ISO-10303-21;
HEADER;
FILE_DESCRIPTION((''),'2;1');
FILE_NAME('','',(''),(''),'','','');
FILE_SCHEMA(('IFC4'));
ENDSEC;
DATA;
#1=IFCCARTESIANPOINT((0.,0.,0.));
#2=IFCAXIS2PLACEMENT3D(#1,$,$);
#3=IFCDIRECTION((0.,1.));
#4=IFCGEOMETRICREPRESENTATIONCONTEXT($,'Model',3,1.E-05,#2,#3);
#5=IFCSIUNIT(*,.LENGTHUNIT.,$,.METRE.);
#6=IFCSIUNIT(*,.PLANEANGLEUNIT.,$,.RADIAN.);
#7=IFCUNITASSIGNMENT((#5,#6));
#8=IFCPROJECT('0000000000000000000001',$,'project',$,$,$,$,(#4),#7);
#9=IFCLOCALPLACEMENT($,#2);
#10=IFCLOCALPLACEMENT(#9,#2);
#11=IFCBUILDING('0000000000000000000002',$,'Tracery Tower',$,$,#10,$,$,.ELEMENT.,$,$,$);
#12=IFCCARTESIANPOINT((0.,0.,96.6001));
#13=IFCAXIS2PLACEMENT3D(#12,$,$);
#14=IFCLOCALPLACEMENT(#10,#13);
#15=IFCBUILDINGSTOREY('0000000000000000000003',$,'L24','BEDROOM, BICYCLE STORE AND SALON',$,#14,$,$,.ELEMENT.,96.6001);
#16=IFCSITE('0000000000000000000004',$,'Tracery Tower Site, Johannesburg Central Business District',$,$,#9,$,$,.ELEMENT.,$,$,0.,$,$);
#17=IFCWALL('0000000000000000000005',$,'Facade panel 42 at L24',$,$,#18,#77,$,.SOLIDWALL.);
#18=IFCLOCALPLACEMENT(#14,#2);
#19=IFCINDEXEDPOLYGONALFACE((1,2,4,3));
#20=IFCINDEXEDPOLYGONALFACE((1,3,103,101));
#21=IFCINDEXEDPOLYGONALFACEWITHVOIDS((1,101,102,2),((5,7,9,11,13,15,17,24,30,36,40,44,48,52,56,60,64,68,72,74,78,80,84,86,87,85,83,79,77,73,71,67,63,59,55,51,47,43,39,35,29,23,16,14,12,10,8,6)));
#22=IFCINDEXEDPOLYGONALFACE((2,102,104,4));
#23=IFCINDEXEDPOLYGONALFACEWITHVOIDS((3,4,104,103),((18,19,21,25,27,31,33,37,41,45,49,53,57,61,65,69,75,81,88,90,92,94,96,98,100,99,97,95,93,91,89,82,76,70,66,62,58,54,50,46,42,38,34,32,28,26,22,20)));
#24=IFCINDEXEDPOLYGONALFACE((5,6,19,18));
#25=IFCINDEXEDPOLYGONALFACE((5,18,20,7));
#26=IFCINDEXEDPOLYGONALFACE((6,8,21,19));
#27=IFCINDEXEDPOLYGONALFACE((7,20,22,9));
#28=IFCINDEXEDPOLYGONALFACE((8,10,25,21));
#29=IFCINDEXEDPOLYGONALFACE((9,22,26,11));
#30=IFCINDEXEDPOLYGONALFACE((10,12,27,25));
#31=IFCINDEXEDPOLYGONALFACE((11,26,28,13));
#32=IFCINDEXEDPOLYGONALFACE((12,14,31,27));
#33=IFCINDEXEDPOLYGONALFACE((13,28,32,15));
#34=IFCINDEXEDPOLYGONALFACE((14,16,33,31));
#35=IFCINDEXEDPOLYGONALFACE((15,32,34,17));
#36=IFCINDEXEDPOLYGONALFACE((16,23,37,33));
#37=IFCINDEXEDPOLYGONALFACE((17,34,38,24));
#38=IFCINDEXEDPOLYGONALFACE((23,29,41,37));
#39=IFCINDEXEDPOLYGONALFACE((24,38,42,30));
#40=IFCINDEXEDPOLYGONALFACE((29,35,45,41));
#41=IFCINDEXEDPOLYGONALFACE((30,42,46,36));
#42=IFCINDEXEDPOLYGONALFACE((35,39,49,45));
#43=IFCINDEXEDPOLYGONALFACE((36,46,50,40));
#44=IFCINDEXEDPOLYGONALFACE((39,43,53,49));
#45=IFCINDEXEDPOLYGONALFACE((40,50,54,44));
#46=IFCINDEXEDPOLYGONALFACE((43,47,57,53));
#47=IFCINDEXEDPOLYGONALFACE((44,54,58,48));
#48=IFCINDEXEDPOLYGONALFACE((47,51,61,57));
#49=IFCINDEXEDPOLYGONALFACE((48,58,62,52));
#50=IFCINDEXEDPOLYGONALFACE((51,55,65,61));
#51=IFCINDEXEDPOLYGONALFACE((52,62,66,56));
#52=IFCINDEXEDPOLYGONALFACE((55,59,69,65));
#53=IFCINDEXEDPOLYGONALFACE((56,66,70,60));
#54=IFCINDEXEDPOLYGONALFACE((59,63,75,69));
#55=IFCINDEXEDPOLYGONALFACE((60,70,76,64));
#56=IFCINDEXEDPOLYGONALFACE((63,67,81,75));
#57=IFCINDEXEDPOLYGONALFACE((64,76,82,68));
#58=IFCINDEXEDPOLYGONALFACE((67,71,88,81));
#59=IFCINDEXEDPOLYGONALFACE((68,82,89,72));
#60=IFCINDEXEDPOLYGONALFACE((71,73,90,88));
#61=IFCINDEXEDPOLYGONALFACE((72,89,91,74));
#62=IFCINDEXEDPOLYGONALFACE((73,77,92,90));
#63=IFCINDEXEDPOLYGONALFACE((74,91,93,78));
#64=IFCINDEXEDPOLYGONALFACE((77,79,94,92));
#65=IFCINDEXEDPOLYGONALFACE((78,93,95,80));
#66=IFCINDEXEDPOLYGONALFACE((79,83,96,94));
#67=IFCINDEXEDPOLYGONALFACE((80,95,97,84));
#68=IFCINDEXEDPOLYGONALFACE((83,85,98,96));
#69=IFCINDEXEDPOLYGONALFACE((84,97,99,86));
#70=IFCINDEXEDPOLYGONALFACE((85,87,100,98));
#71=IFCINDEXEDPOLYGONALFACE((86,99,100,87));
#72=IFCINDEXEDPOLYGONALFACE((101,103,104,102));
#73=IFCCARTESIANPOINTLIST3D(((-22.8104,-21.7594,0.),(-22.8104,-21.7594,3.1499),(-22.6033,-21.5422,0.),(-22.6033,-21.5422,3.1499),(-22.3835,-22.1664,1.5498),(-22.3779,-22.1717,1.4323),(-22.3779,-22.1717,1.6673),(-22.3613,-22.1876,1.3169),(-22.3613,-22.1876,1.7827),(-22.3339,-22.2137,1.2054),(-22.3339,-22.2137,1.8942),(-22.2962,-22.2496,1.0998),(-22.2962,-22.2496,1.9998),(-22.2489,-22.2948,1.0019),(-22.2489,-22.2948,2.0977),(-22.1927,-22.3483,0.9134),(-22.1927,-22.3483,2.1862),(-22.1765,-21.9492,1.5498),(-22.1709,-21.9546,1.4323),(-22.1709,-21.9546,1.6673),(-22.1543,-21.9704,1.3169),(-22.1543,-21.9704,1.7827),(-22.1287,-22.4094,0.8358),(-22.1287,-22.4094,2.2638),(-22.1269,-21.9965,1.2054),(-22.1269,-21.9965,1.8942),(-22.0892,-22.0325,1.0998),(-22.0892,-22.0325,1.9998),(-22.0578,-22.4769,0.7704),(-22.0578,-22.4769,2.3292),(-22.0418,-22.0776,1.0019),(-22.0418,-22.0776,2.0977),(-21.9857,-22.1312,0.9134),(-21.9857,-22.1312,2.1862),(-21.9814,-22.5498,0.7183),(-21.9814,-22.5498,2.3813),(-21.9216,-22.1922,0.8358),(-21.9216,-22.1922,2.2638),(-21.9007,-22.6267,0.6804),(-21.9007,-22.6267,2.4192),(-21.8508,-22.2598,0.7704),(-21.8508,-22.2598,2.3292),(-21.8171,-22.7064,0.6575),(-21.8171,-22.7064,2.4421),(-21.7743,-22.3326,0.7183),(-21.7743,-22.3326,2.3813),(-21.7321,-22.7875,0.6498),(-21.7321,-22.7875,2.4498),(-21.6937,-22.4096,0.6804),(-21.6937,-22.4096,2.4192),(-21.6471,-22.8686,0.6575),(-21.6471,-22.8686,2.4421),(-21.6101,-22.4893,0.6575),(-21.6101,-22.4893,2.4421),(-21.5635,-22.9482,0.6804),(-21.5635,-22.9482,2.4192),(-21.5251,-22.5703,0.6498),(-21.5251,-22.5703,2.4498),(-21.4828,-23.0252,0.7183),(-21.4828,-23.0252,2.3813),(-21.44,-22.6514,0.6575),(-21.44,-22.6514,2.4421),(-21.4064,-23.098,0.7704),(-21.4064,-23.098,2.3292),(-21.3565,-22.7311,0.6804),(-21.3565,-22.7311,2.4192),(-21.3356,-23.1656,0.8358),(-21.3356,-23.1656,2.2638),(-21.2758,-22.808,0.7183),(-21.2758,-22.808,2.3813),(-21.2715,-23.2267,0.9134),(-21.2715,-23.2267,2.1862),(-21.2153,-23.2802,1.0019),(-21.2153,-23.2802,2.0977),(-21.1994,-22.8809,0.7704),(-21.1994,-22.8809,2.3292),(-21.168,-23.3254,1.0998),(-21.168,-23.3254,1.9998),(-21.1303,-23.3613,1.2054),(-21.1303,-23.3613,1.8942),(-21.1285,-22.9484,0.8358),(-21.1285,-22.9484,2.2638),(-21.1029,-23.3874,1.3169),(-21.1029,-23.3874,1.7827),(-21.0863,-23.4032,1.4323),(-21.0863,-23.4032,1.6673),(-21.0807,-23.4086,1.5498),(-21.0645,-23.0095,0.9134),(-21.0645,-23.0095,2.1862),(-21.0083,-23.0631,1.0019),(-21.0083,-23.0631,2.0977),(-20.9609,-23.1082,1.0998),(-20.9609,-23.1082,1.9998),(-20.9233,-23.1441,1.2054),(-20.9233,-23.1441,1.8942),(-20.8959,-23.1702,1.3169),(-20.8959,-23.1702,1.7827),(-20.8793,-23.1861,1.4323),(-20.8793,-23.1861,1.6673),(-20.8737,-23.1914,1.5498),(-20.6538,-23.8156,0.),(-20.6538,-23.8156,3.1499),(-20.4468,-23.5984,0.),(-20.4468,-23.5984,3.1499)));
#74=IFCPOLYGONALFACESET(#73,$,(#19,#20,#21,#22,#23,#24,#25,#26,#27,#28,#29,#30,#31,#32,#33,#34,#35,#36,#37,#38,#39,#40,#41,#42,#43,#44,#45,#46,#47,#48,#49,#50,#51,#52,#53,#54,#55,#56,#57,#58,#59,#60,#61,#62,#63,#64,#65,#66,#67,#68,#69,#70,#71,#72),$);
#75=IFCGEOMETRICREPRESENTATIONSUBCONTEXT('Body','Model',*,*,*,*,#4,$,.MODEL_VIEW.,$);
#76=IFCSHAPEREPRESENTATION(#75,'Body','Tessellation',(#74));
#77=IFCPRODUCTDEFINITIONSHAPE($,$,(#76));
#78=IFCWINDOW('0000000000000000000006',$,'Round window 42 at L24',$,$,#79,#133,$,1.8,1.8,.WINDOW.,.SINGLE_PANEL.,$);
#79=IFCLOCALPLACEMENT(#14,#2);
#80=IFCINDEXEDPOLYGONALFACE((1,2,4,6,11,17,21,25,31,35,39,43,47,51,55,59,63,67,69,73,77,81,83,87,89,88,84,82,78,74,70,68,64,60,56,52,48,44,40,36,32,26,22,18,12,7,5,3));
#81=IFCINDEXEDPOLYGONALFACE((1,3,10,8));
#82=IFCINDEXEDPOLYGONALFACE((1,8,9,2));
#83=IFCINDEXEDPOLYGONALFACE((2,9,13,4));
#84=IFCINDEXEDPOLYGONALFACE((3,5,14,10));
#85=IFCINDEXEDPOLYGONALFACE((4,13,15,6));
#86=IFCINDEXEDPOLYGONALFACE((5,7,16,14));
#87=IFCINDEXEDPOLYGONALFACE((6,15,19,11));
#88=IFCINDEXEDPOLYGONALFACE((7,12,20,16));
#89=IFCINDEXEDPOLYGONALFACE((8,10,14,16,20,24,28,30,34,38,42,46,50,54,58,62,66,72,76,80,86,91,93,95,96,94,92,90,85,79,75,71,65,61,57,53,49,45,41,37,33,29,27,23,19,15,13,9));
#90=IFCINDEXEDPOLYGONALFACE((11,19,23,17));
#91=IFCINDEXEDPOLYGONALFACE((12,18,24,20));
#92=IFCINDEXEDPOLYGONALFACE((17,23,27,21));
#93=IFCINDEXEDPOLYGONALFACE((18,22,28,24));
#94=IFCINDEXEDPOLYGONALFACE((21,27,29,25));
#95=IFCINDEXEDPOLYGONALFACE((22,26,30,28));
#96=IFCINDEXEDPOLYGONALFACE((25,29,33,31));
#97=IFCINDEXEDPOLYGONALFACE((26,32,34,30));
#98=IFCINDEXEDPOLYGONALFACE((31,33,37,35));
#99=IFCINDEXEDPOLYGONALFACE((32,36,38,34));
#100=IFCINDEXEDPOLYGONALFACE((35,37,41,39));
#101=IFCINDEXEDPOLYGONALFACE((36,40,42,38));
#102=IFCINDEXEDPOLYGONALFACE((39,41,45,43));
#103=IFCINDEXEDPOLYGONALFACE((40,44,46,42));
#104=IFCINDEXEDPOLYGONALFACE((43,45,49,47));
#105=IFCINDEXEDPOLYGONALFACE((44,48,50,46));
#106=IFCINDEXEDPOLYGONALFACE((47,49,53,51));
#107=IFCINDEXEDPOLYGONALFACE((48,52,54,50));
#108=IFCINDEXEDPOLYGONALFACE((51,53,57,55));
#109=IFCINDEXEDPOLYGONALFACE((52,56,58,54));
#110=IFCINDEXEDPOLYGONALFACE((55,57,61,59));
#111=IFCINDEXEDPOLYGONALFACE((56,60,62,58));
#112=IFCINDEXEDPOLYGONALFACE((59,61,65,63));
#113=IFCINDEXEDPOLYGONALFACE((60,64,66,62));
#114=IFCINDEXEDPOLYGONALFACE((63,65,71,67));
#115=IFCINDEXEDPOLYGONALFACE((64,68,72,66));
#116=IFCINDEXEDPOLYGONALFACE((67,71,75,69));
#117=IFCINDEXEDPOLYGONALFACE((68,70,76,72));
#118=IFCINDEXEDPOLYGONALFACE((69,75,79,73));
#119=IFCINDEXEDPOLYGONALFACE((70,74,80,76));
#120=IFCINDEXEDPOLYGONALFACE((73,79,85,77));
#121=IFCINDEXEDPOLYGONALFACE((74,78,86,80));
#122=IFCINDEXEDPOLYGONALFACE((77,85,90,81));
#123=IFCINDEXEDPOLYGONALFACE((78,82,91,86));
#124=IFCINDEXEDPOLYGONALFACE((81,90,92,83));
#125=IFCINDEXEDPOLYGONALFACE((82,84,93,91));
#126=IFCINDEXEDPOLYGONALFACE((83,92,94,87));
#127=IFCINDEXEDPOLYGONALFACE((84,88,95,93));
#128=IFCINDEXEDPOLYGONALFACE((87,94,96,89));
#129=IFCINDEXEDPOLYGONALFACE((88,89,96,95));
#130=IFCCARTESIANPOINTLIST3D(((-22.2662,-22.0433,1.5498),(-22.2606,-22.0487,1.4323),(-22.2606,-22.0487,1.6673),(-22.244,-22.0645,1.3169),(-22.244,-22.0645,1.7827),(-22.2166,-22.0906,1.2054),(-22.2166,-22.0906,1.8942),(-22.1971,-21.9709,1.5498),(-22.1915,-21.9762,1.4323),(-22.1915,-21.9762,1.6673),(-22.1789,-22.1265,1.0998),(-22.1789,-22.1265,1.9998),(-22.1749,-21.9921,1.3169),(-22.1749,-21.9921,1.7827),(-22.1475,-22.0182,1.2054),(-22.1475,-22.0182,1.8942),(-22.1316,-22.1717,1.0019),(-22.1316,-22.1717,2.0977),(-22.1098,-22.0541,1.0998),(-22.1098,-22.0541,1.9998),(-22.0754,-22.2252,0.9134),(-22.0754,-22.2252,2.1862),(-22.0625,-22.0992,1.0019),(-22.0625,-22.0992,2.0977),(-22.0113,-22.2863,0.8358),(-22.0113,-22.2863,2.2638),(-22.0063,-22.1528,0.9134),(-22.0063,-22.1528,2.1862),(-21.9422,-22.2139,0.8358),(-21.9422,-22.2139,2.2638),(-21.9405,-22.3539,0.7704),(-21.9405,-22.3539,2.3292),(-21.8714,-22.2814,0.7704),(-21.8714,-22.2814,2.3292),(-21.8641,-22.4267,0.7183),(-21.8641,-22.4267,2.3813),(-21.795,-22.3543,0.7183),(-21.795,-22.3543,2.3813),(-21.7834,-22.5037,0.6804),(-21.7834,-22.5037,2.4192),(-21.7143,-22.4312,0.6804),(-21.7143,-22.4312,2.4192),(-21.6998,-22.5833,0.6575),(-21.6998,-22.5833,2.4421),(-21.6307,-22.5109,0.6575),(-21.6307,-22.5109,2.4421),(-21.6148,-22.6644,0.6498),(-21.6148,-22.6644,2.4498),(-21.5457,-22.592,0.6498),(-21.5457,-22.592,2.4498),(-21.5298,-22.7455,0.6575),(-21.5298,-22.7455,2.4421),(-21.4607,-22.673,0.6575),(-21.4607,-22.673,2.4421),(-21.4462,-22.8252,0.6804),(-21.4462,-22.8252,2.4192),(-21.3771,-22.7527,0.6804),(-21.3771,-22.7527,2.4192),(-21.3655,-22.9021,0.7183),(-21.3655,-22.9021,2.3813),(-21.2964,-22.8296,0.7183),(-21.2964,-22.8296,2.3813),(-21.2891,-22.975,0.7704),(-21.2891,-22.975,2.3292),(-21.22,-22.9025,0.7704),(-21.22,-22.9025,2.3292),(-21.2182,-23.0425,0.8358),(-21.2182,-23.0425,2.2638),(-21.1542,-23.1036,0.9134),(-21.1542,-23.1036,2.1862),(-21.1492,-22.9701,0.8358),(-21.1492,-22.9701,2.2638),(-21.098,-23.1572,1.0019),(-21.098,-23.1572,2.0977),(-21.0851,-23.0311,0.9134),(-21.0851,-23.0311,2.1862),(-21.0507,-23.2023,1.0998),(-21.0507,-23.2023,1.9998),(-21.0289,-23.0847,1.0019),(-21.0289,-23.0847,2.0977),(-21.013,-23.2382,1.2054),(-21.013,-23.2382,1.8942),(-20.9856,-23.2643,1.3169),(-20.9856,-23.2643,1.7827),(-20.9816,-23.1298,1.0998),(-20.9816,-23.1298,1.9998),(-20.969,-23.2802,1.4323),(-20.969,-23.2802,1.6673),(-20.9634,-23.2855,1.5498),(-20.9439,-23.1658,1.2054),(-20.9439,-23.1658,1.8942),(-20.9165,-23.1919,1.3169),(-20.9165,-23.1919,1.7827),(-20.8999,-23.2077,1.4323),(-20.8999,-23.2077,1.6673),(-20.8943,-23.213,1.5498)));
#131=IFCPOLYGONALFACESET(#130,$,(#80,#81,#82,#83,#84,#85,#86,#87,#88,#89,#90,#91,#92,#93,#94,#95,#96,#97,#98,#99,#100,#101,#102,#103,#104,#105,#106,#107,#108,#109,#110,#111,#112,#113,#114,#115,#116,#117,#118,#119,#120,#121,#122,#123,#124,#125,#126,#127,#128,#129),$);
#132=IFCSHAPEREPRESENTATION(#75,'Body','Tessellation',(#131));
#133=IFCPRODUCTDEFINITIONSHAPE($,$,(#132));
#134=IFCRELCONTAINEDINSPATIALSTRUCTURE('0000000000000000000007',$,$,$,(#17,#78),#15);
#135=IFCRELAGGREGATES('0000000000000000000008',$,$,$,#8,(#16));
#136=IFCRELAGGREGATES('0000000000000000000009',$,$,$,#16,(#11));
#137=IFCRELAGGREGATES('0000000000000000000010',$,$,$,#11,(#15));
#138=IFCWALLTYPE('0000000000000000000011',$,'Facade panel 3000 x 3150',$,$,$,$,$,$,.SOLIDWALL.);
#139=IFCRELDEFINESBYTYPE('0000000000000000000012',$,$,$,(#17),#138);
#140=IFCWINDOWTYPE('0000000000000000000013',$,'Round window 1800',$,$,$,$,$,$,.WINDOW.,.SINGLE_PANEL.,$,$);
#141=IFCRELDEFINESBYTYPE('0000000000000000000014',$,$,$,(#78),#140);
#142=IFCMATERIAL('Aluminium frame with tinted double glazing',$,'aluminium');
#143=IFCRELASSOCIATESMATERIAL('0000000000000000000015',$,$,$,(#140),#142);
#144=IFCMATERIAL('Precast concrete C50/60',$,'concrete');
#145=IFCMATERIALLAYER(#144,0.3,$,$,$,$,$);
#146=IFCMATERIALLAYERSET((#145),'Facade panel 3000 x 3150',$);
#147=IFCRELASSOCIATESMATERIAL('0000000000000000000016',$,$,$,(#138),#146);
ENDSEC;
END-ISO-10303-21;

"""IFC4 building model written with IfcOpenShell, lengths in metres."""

from ifc_helpers import new_model, si_unit, direction, frame, frame_2d, origin, origin_2d, place, context, subcontext, project, spatial, rectangle, circle, extrude, material, layer, layer_set, type_object, element, fill, save


model = new_model("IFC4")

# Units and contexts
model_context = context("Model", 3, precision=1e-05, world=origin(), true_north=direction((0.0, 1.0)))
body_context = subcontext(model_context, "Body", "Model", "MODEL_VIEW")
ifc_project = project(units=[si_unit("LENGTHUNIT", "METRE"), si_unit("PLANEANGLEUNIT", "RADIAN")], contexts=[model_context])

# Site, building, storey
site_placement = place(None, origin())
site = spatial("IfcSite", under=ifc_project, at=site_placement, Name="Tracery Tower Site, Johannesburg Central Business District", CompositionType="ELEMENT", RefElevation=0.0)
building_placement = place(site_placement, origin())
building = spatial("IfcBuilding", under=site, at=building_placement, Name="Tracery Tower", CompositionType="ELEMENT")
storey_placement = place(building_placement, frame((0.0, 0.0, 96.6001)))
storey = spatial("IfcBuildingStorey", under=building, at=storey_placement, Name="L24", Description="BEDROOM, BICYCLE STORE AND SALON", CompositionType="ELEMENT", Elevation=96.6001)

# Wall, opening, window
ifc_material_1 = material(Name="Aluminium frame with tinted double glazing", Category="aluminium")
window_type = type_object("IfcWindowType", Name="Round window 1800", PartitioningType="SINGLE_PANEL", PredefinedType="WINDOW", material=ifc_material_1)
ifc_material_2 = material(Name="Precast concrete C50/60", Category="concrete")
ifc_layer_1 = layer(ifc_material_2, 0.3)
ifc_layer_set_1 = layer_set([ifc_layer_1], Name="Facade panel 3000 x 3150")
wall_type_1 = type_object("IfcWallType", Name="Facade panel 3000 x 3150", PredefinedType="SOLIDWALL", material=ifc_layer_set_1)
wall_1_placement = place(storey_placement, frame((-22.7068, -21.6509, 0.0), z_axis=(0.0, 0.0, 1.0), x_axis=(0.723744, -0.690068, 0.0)))
wall_1 = element("IfcWall", 1, at=wall_1_placement, inside=storey, type_object=wall_type_1, Name="Facade panel 42 at L24", PredefinedType="SOLIDWALL", context=body_context, shape_type="SweptSolid", body=[
    extrude(rectangle(XDim=2.9797, YDim=0.3, at=frame_2d((1.4897, 0.0))), origin(), (0.0, 0.0, 1.0), 3.1499),
])
opening_1_placement = place(wall_1_placement, frame((1.4897, 0.0, 1.5498)))
opening_1 = element("IfcOpeningElement", 2, at=opening_1_placement, cuts=wall_1, PredefinedType="OPENING", context=body_context, shape_type="SweptSolid", body=[
    extrude(circle(Radius=0.9, at=origin_2d()), frame((0.0, 0.1599, 0.0), z_axis=(0.0, -1.0, 0.0), x_axis=(1.0, 0.0, 0.0)), (0.0, 0.0, 1.0), 0.3201),
])
window_1_placement = place(opening_1_placement, origin())
window_1 = element("IfcWindow", 3, at=window_1_placement, inside=storey, type_object=window_type, Name="Round window 42 at L24", OverallHeight=1.8, OverallWidth=1.8, PartitioningType="SINGLE_PANEL", PredefinedType="WINDOW", context=body_context, shape_type="SweptSolid", body=[
    extrude(circle(Radius=0.9, at=origin_2d()), frame((0.0, 0.1201, 0.0), z_axis=(0.0, -1.0, 0.0), x_axis=(1.0, 0.0, 0.0)), (0.0, 0.0, 1.0), 0.1001),
])
fill(opening_1, window_1)

save(model, "model.ifc")
